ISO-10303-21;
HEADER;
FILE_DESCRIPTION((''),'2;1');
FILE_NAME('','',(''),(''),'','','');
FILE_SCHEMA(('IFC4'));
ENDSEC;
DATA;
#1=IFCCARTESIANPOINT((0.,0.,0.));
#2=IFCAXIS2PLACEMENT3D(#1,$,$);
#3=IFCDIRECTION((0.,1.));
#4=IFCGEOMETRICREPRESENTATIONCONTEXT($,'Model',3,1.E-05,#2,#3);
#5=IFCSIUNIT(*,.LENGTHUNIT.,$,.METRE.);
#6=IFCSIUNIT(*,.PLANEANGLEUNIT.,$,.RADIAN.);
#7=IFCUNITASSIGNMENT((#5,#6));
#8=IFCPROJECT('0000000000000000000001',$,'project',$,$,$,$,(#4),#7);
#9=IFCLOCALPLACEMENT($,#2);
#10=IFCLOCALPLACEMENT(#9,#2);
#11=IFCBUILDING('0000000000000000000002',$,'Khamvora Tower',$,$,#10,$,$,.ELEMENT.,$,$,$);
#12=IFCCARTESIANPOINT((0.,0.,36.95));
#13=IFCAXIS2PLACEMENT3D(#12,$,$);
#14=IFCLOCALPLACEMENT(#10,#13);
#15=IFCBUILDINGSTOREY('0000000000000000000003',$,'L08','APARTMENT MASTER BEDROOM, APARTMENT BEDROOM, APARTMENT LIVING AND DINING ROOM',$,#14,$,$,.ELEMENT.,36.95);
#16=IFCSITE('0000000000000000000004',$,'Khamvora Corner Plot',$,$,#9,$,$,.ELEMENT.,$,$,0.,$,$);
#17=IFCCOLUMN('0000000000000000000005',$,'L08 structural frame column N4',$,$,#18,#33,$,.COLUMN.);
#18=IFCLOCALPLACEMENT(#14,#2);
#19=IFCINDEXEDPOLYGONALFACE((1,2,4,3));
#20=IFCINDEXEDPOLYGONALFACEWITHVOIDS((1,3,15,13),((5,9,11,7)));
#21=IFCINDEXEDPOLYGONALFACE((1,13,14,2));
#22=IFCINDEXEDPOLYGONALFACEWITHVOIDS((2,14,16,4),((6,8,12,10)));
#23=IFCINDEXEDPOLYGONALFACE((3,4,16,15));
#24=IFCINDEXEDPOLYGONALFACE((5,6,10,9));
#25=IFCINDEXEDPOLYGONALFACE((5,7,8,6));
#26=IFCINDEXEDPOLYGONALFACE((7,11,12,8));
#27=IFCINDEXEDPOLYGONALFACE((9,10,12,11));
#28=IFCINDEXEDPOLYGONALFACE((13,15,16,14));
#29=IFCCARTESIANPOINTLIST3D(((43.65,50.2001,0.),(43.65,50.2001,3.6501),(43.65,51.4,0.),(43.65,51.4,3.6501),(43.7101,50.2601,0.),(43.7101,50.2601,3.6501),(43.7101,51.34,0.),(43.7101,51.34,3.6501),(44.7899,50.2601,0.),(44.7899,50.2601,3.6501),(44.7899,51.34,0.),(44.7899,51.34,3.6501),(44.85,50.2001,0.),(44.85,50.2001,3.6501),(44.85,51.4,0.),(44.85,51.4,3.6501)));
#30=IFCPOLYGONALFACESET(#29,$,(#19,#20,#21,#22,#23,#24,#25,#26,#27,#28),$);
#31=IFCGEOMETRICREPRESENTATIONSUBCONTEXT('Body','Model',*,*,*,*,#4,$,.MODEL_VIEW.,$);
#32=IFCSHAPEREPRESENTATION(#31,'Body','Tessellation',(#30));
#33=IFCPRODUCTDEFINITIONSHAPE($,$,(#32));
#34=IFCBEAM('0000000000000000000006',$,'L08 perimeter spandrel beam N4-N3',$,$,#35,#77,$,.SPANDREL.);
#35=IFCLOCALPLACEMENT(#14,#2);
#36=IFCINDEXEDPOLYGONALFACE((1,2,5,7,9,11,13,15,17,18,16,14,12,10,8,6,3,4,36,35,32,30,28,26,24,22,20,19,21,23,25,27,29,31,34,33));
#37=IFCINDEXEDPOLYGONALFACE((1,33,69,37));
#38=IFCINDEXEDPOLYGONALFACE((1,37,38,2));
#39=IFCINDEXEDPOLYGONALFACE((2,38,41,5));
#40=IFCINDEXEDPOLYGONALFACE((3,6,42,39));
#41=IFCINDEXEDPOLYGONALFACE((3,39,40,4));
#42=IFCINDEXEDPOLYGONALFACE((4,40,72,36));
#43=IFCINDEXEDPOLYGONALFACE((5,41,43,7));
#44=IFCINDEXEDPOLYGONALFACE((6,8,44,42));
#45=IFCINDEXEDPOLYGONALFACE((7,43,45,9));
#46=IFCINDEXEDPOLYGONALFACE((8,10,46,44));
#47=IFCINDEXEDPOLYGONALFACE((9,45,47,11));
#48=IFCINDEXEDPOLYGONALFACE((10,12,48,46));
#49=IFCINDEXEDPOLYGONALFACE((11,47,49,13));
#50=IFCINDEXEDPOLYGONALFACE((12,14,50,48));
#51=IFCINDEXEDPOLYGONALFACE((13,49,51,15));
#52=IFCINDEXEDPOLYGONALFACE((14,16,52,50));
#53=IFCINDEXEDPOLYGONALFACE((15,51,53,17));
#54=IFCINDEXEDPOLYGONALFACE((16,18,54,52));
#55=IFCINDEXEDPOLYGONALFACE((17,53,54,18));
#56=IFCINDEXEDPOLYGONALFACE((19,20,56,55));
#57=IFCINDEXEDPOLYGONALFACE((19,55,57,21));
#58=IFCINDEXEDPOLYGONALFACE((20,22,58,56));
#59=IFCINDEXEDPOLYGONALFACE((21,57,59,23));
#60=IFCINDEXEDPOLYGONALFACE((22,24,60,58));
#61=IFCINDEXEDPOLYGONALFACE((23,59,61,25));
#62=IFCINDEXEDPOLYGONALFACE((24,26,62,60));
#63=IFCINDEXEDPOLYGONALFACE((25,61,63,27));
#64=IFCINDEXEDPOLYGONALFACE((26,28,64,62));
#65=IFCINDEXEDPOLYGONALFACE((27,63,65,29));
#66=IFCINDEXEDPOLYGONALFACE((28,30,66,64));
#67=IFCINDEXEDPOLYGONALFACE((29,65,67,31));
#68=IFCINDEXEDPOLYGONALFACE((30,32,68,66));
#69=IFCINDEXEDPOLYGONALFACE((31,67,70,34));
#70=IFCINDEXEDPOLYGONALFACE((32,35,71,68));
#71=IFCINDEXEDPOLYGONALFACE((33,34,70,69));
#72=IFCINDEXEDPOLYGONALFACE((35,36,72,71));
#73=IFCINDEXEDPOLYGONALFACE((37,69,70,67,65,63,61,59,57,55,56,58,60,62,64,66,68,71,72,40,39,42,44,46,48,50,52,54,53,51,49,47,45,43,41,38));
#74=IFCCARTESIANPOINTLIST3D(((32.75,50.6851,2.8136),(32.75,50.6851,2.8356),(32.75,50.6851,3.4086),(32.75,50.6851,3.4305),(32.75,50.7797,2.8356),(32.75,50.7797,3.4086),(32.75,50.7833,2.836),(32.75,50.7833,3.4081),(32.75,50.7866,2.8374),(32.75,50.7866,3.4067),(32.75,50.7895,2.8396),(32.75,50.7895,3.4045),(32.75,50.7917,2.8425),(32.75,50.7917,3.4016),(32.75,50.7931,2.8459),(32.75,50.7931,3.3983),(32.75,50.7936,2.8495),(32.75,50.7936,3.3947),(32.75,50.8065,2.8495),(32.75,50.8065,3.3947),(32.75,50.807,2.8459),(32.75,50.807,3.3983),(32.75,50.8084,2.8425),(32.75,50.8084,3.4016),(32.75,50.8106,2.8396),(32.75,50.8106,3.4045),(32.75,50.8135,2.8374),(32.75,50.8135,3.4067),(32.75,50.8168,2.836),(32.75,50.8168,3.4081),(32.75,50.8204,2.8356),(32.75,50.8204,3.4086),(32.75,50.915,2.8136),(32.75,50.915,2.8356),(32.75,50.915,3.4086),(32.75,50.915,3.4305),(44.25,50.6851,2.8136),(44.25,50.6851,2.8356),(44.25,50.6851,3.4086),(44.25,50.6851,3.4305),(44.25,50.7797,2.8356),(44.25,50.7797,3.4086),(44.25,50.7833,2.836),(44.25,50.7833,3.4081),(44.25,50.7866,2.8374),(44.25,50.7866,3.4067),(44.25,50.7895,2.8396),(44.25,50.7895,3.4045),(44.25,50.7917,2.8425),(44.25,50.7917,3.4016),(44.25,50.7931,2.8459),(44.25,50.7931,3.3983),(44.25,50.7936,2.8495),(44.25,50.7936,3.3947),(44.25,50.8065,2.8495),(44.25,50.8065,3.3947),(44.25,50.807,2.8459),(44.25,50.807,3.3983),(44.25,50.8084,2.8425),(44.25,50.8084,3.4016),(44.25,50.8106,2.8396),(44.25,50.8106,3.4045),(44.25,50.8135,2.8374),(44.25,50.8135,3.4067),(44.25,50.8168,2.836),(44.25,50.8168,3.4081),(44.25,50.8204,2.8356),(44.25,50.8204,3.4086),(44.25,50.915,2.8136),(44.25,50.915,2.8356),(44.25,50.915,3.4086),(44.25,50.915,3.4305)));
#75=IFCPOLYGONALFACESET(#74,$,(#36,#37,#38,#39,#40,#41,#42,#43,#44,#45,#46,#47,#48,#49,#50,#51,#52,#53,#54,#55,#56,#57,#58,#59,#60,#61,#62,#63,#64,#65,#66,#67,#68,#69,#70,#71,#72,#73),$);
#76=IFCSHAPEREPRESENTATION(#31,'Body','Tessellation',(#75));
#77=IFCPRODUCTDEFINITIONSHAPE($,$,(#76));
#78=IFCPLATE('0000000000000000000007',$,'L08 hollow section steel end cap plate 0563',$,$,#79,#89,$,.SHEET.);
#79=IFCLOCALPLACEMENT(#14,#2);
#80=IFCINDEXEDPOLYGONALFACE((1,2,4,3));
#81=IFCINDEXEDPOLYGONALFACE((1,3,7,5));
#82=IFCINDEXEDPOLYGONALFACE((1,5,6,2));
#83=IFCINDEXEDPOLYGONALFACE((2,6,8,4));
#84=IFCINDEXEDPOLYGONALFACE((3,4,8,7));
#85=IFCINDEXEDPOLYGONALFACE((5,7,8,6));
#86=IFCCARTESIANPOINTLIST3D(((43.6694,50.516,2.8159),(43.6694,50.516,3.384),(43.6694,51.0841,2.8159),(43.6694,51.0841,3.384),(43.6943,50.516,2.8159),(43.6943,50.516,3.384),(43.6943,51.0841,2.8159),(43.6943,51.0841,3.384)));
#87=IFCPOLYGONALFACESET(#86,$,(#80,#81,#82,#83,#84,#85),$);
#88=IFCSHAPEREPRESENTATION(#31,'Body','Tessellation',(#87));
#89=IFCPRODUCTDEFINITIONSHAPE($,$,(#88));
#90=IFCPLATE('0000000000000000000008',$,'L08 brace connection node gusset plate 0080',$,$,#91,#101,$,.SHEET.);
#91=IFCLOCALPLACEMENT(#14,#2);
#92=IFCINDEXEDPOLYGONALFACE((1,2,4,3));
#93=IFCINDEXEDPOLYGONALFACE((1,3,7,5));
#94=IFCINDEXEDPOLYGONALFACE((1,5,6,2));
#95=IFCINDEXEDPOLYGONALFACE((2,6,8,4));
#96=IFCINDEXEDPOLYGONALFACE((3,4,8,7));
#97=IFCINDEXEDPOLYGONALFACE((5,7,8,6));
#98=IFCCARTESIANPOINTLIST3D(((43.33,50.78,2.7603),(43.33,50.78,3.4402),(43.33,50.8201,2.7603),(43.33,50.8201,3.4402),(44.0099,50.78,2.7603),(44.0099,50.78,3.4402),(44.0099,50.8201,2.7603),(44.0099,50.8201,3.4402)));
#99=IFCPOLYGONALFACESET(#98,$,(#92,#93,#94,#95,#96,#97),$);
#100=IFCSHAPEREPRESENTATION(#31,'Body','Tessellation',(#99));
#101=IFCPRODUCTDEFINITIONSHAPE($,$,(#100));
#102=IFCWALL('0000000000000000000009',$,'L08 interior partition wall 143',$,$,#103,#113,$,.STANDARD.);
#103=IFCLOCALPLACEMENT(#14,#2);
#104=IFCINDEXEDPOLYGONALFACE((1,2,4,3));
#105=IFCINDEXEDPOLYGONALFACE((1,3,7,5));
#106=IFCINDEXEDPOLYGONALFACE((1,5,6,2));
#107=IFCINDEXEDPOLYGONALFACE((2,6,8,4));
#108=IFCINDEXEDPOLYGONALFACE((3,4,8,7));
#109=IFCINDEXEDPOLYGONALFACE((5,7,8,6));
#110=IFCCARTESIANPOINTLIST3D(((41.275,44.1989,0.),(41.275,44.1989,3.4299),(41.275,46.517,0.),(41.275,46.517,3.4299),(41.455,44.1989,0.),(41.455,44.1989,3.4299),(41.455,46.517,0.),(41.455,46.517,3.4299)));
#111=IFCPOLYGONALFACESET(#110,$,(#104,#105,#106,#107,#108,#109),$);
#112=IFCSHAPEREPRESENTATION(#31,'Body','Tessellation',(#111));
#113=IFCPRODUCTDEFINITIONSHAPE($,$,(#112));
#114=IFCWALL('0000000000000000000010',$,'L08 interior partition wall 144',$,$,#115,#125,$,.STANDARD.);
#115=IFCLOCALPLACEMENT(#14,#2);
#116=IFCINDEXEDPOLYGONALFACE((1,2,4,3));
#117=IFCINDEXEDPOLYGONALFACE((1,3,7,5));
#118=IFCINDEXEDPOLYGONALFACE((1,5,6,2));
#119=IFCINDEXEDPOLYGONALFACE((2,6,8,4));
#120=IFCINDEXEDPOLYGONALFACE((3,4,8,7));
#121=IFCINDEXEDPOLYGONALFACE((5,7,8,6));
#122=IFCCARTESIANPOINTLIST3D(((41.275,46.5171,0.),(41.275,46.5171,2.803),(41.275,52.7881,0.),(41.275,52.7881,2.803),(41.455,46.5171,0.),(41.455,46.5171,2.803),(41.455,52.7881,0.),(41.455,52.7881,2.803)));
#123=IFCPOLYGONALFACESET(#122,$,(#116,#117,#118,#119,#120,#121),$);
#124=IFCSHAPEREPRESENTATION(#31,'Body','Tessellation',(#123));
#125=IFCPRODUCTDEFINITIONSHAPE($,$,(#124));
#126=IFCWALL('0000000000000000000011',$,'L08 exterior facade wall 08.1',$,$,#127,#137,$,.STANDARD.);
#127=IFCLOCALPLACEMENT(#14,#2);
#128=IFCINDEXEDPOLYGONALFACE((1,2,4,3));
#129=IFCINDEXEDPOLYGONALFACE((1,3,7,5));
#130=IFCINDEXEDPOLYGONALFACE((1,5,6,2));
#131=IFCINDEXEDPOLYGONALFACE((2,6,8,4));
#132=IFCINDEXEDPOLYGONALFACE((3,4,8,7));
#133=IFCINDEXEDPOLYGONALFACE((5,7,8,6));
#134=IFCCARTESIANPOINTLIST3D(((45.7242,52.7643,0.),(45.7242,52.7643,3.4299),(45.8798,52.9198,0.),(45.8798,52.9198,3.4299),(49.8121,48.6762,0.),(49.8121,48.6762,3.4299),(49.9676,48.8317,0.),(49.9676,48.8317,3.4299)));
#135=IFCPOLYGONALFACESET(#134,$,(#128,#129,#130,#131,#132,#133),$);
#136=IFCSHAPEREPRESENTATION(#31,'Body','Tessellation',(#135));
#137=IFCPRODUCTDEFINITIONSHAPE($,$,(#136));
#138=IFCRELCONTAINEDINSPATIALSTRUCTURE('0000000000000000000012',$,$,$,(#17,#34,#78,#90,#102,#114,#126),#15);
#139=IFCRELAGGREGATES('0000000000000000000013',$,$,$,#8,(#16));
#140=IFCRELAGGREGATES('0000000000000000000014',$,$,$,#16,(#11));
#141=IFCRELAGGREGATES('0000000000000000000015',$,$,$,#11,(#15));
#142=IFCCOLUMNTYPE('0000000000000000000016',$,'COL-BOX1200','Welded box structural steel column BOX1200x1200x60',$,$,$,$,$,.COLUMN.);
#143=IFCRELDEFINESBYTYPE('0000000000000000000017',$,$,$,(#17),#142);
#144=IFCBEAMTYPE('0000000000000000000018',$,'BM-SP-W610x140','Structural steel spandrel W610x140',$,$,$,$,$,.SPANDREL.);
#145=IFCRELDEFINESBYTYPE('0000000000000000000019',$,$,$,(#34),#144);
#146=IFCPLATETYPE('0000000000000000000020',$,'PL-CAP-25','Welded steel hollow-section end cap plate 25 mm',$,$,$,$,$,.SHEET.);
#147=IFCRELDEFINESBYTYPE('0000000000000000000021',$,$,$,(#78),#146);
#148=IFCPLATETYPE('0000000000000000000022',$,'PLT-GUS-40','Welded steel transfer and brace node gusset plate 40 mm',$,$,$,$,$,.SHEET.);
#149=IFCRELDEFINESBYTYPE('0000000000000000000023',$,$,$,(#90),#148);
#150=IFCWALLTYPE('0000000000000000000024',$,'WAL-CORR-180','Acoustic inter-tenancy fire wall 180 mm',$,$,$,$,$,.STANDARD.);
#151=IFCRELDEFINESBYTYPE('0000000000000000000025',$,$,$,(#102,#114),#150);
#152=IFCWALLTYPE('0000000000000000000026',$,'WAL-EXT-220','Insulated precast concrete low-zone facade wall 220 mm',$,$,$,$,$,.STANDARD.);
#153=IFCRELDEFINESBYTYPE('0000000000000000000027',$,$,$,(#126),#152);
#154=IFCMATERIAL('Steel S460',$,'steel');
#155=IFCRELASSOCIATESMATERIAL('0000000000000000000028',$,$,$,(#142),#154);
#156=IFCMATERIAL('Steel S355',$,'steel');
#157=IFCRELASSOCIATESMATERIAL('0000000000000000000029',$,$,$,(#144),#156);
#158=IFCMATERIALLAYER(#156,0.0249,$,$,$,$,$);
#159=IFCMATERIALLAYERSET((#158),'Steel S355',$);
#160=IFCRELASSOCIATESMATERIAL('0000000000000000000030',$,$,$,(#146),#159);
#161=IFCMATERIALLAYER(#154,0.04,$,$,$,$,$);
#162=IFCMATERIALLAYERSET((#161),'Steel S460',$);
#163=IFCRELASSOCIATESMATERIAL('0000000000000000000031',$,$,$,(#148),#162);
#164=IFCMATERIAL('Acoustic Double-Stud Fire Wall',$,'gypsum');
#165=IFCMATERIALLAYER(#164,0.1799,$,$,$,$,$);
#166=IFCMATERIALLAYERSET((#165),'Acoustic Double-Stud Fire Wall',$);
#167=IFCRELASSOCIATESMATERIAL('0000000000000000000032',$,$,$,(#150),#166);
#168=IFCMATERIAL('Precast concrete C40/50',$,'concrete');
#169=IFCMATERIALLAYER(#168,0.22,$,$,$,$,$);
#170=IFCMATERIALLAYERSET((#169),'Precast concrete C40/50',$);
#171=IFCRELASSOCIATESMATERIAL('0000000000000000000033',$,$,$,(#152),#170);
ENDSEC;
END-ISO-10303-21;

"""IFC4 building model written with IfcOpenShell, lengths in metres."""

from ifc_helpers import new_model, si_unit, direction, frame, frame_2d, origin, origin_2d, place, context, subcontext, project, spatial, rectangle, hollow_rectangle, i_section, extrude, material, layer, layer_set, material_profile, profile_set, type_object, element, save


model = new_model("IFC4")

# Units and contexts
model_context = context("Model", 3, precision=1e-05, world=origin(), true_north=direction((0.0, 1.0)))
body_context = subcontext(model_context, "Body", "Model", "MODEL_VIEW")
ifc_project = project(units=[si_unit("LENGTHUNIT", "METRE"), si_unit("PLANEANGLEUNIT", "RADIAN")], contexts=[model_context])

# Site, building, storey
site_placement = place(None, origin())
site = spatial("IfcSite", under=ifc_project, at=site_placement, Name="Khamvora Corner Plot", CompositionType="ELEMENT", RefElevation=0.0)
building_placement = place(site_placement, origin())
building = spatial("IfcBuilding", under=site, at=building_placement, Name="Khamvora Tower", CompositionType="ELEMENT")
storey_placement = place(building_placement, frame((0.0, 0.0, 36.95)))
storey = spatial("IfcBuildingStorey", under=building, at=storey_placement, Name="L08", Description="APARTMENT MASTER BEDROOM, APARTMENT BEDROOM, APARTMENT LIVING AND DINING ROOM", CompositionType="ELEMENT", Elevation=36.95)

# Column
ifc_material_1 = material(Name="Steel S460", Category="steel")
ifc_material_profile_1 = material_profile(ifc_material_1, hollow_rectangle(XDim=1.2, YDim=1.2, WallThickness=0.0601, at=origin_2d()), Name="BOX1200x1200x60")
ifc_profile_set_1 = profile_set([ifc_material_profile_1], Name="Steel S460")
column_type = type_object("IfcColumnType", Name="COL-BOX1200", Description="Welded box structural steel column BOX1200x1200x60", PredefinedType="COLUMN", material=ifc_profile_set_1)
column_placement = place(storey_placement, frame((44.25, 50.8, 0.0), z_axis=(0.0, 0.0, 1.0), x_axis=(1.0, 0.0, 0.0)))
element("IfcColumn", 1, at=column_placement, inside=storey, type_object=column_type, Name="L08 structural frame column N4", PredefinedType="COLUMN", context=body_context, shape_type="SweptSolid", body=[
    extrude(hollow_rectangle(XDim=1.2, YDim=1.2, WallThickness=0.0601, at=origin_2d()), origin(), (0.0, 0.0, 1.0), 3.6501),
])

# Beam
ifc_material_2 = material(Name="Steel S355", Category="steel")
ifc_material_profile_2 = material_profile(ifc_material_2, i_section(OverallWidth=0.23, OverallDepth=0.6169, WebThickness=0.0129, FlangeThickness=0.022, FilletRadius=0.0139, at=origin_2d()), Name="W610x140")
ifc_profile_set_2 = profile_set([ifc_material_profile_2], Name="Steel S355")
beam_type = type_object("IfcBeamType", Name="BM-SP-W610x140", Description="Structural steel spandrel W610x140", PredefinedType="SPANDREL", material=ifc_profile_set_2)
beam_placement = place(storey_placement, frame((44.25, 50.8, 3.1221), z_axis=(-1.0, 0.0, 0.0), x_axis=(0.0, -1.0, 0.0)))
element("IfcBeam", 2, at=beam_placement, inside=storey, type_object=beam_type, Name="L08 perimeter spandrel beam N4-N3", PredefinedType="SPANDREL", context=body_context, shape_type="SweptSolid", body=[
    extrude(i_section(OverallWidth=0.23, OverallDepth=0.6169, WebThickness=0.0129, FlangeThickness=0.022, FilletRadius=0.0139, at=origin_2d()), origin(), (0.0, 0.0, 1.0), 11.5),
])

# Plates
ifc_layer_1 = layer(ifc_material_2, 0.0249)
ifc_layer_set_1 = layer_set([ifc_layer_1], Name="Steel S355")
plate_type_1 = type_object("IfcPlateType", Name="PL-CAP-25", Description="Welded steel hollow-section end cap plate 25 mm", PredefinedType="SHEET", material=ifc_layer_set_1)
plate_1_placement = place(storey_placement, frame((43.6819, 50.8, 2.8159), z_axis=(0.0, 0.0, 1.0), x_axis=(1.0, 0.0, 0.0)))
element("IfcPlate", 3, at=plate_1_placement, inside=storey, type_object=plate_type_1, Name="L08 hollow section steel end cap plate 0563", PredefinedType="SHEET", context=body_context, shape_type="SweptSolid", body=[
    extrude(rectangle(XDim=0.0249, YDim=0.5681, at=origin_2d()), origin(), (0.0, 0.0, 1.0), 0.5681),
])
ifc_layer_2 = layer(ifc_material_1, 0.04)
ifc_layer_set_2 = layer_set([ifc_layer_2], Name="Steel S460")
plate_type_2 = type_object("IfcPlateType", Name="PLT-GUS-40", Description="Welded steel transfer and brace node gusset plate 40 mm", PredefinedType="SHEET", material=ifc_layer_set_2)
plate_2_placement = place(storey_placement, frame((43.6699, 50.8, 2.7603), z_axis=(0.0, 0.0, 1.0), x_axis=(1.0, 0.0, 0.0)))
element("IfcPlate", 4, at=plate_2_placement, inside=storey, type_object=plate_type_2, Name="L08 brace connection node gusset plate 0080", PredefinedType="SHEET", context=body_context, shape_type="SweptSolid", body=[
    extrude(rectangle(XDim=0.6799, YDim=0.04, at=origin_2d()), origin(), (0.0, 0.0, 1.0), 0.6799),
])

# Walls
ifc_material_3 = material(Name="Acoustic Double-Stud Fire Wall", Category="gypsum")
ifc_layer_3 = layer(ifc_material_3, 0.1799)
ifc_layer_set_3 = layer_set([ifc_layer_3], Name="Acoustic Double-Stud Fire Wall")
wall_type_1 = type_object("IfcWallType", Name="WAL-CORR-180", Description="Acoustic inter-tenancy fire wall 180 mm", PredefinedType="STANDARD", material=ifc_layer_set_3)
wall_1_placement = place(storey_placement, frame((41.365, 46.5171, 0.0), z_axis=(0.0, 0.0, 1.0), x_axis=(0.0, -1.0, 0.0)))
element("IfcWall", 5, at=wall_1_placement, inside=storey, type_object=wall_type_1, Name="L08 interior partition wall 143", PredefinedType="STANDARD", context=body_context, shape_type="SweptSolid", body=[
    extrude(rectangle(XDim=2.3181, YDim=0.1799, at=frame_2d((1.1592, 0.0))), origin(), (0.0, 0.0, 1.0), 3.4299),
])
wall_2_placement = place(storey_placement, frame((41.365, 52.7881, 0.0), z_axis=(0.0, 0.0, 1.0), x_axis=(0.0, -1.0, 0.0)))
element("IfcWall", 6, at=wall_2_placement, inside=storey, type_object=wall_type_1, Name="L08 interior partition wall 144", PredefinedType="STANDARD", context=body_context, shape_type="SweptSolid", body=[
    extrude(rectangle(XDim=6.271, YDim=0.1799, at=frame_2d((3.1355, 0.0))), origin(), (0.0, 0.0, 1.0), 2.803),
])
ifc_material_4 = material(Name="Precast concrete C40/50", Category="concrete")
ifc_layer_4 = layer(ifc_material_4, 0.22)
ifc_layer_set_4 = layer_set([ifc_layer_4], Name="Precast concrete C40/50")
wall_type_2 = type_object("IfcWallType", Name="WAL-EXT-220", Description="Insulated precast concrete low-zone facade wall 220 mm", PredefinedType="STANDARD", material=ifc_layer_set_4)
wall_3_placement = place(storey_placement, frame((45.802, 52.842, 0.0), z_axis=(0.0, 0.0, 1.0), x_axis=(0.707086, -0.707128, 0.0)))
element("IfcWall", 7, at=wall_3_placement, inside=storey, type_object=wall_type_2, Name="L08 exterior facade wall 08.1", PredefinedType="STANDARD", context=body_context, shape_type="SweptSolid", body=[
    extrude(rectangle(XDim=5.7812, YDim=0.22, at=frame_2d((2.8906, 0.0))), origin(), (0.0, 0.0, 1.0), 3.4299),
])

save(model, "model.ifc")
